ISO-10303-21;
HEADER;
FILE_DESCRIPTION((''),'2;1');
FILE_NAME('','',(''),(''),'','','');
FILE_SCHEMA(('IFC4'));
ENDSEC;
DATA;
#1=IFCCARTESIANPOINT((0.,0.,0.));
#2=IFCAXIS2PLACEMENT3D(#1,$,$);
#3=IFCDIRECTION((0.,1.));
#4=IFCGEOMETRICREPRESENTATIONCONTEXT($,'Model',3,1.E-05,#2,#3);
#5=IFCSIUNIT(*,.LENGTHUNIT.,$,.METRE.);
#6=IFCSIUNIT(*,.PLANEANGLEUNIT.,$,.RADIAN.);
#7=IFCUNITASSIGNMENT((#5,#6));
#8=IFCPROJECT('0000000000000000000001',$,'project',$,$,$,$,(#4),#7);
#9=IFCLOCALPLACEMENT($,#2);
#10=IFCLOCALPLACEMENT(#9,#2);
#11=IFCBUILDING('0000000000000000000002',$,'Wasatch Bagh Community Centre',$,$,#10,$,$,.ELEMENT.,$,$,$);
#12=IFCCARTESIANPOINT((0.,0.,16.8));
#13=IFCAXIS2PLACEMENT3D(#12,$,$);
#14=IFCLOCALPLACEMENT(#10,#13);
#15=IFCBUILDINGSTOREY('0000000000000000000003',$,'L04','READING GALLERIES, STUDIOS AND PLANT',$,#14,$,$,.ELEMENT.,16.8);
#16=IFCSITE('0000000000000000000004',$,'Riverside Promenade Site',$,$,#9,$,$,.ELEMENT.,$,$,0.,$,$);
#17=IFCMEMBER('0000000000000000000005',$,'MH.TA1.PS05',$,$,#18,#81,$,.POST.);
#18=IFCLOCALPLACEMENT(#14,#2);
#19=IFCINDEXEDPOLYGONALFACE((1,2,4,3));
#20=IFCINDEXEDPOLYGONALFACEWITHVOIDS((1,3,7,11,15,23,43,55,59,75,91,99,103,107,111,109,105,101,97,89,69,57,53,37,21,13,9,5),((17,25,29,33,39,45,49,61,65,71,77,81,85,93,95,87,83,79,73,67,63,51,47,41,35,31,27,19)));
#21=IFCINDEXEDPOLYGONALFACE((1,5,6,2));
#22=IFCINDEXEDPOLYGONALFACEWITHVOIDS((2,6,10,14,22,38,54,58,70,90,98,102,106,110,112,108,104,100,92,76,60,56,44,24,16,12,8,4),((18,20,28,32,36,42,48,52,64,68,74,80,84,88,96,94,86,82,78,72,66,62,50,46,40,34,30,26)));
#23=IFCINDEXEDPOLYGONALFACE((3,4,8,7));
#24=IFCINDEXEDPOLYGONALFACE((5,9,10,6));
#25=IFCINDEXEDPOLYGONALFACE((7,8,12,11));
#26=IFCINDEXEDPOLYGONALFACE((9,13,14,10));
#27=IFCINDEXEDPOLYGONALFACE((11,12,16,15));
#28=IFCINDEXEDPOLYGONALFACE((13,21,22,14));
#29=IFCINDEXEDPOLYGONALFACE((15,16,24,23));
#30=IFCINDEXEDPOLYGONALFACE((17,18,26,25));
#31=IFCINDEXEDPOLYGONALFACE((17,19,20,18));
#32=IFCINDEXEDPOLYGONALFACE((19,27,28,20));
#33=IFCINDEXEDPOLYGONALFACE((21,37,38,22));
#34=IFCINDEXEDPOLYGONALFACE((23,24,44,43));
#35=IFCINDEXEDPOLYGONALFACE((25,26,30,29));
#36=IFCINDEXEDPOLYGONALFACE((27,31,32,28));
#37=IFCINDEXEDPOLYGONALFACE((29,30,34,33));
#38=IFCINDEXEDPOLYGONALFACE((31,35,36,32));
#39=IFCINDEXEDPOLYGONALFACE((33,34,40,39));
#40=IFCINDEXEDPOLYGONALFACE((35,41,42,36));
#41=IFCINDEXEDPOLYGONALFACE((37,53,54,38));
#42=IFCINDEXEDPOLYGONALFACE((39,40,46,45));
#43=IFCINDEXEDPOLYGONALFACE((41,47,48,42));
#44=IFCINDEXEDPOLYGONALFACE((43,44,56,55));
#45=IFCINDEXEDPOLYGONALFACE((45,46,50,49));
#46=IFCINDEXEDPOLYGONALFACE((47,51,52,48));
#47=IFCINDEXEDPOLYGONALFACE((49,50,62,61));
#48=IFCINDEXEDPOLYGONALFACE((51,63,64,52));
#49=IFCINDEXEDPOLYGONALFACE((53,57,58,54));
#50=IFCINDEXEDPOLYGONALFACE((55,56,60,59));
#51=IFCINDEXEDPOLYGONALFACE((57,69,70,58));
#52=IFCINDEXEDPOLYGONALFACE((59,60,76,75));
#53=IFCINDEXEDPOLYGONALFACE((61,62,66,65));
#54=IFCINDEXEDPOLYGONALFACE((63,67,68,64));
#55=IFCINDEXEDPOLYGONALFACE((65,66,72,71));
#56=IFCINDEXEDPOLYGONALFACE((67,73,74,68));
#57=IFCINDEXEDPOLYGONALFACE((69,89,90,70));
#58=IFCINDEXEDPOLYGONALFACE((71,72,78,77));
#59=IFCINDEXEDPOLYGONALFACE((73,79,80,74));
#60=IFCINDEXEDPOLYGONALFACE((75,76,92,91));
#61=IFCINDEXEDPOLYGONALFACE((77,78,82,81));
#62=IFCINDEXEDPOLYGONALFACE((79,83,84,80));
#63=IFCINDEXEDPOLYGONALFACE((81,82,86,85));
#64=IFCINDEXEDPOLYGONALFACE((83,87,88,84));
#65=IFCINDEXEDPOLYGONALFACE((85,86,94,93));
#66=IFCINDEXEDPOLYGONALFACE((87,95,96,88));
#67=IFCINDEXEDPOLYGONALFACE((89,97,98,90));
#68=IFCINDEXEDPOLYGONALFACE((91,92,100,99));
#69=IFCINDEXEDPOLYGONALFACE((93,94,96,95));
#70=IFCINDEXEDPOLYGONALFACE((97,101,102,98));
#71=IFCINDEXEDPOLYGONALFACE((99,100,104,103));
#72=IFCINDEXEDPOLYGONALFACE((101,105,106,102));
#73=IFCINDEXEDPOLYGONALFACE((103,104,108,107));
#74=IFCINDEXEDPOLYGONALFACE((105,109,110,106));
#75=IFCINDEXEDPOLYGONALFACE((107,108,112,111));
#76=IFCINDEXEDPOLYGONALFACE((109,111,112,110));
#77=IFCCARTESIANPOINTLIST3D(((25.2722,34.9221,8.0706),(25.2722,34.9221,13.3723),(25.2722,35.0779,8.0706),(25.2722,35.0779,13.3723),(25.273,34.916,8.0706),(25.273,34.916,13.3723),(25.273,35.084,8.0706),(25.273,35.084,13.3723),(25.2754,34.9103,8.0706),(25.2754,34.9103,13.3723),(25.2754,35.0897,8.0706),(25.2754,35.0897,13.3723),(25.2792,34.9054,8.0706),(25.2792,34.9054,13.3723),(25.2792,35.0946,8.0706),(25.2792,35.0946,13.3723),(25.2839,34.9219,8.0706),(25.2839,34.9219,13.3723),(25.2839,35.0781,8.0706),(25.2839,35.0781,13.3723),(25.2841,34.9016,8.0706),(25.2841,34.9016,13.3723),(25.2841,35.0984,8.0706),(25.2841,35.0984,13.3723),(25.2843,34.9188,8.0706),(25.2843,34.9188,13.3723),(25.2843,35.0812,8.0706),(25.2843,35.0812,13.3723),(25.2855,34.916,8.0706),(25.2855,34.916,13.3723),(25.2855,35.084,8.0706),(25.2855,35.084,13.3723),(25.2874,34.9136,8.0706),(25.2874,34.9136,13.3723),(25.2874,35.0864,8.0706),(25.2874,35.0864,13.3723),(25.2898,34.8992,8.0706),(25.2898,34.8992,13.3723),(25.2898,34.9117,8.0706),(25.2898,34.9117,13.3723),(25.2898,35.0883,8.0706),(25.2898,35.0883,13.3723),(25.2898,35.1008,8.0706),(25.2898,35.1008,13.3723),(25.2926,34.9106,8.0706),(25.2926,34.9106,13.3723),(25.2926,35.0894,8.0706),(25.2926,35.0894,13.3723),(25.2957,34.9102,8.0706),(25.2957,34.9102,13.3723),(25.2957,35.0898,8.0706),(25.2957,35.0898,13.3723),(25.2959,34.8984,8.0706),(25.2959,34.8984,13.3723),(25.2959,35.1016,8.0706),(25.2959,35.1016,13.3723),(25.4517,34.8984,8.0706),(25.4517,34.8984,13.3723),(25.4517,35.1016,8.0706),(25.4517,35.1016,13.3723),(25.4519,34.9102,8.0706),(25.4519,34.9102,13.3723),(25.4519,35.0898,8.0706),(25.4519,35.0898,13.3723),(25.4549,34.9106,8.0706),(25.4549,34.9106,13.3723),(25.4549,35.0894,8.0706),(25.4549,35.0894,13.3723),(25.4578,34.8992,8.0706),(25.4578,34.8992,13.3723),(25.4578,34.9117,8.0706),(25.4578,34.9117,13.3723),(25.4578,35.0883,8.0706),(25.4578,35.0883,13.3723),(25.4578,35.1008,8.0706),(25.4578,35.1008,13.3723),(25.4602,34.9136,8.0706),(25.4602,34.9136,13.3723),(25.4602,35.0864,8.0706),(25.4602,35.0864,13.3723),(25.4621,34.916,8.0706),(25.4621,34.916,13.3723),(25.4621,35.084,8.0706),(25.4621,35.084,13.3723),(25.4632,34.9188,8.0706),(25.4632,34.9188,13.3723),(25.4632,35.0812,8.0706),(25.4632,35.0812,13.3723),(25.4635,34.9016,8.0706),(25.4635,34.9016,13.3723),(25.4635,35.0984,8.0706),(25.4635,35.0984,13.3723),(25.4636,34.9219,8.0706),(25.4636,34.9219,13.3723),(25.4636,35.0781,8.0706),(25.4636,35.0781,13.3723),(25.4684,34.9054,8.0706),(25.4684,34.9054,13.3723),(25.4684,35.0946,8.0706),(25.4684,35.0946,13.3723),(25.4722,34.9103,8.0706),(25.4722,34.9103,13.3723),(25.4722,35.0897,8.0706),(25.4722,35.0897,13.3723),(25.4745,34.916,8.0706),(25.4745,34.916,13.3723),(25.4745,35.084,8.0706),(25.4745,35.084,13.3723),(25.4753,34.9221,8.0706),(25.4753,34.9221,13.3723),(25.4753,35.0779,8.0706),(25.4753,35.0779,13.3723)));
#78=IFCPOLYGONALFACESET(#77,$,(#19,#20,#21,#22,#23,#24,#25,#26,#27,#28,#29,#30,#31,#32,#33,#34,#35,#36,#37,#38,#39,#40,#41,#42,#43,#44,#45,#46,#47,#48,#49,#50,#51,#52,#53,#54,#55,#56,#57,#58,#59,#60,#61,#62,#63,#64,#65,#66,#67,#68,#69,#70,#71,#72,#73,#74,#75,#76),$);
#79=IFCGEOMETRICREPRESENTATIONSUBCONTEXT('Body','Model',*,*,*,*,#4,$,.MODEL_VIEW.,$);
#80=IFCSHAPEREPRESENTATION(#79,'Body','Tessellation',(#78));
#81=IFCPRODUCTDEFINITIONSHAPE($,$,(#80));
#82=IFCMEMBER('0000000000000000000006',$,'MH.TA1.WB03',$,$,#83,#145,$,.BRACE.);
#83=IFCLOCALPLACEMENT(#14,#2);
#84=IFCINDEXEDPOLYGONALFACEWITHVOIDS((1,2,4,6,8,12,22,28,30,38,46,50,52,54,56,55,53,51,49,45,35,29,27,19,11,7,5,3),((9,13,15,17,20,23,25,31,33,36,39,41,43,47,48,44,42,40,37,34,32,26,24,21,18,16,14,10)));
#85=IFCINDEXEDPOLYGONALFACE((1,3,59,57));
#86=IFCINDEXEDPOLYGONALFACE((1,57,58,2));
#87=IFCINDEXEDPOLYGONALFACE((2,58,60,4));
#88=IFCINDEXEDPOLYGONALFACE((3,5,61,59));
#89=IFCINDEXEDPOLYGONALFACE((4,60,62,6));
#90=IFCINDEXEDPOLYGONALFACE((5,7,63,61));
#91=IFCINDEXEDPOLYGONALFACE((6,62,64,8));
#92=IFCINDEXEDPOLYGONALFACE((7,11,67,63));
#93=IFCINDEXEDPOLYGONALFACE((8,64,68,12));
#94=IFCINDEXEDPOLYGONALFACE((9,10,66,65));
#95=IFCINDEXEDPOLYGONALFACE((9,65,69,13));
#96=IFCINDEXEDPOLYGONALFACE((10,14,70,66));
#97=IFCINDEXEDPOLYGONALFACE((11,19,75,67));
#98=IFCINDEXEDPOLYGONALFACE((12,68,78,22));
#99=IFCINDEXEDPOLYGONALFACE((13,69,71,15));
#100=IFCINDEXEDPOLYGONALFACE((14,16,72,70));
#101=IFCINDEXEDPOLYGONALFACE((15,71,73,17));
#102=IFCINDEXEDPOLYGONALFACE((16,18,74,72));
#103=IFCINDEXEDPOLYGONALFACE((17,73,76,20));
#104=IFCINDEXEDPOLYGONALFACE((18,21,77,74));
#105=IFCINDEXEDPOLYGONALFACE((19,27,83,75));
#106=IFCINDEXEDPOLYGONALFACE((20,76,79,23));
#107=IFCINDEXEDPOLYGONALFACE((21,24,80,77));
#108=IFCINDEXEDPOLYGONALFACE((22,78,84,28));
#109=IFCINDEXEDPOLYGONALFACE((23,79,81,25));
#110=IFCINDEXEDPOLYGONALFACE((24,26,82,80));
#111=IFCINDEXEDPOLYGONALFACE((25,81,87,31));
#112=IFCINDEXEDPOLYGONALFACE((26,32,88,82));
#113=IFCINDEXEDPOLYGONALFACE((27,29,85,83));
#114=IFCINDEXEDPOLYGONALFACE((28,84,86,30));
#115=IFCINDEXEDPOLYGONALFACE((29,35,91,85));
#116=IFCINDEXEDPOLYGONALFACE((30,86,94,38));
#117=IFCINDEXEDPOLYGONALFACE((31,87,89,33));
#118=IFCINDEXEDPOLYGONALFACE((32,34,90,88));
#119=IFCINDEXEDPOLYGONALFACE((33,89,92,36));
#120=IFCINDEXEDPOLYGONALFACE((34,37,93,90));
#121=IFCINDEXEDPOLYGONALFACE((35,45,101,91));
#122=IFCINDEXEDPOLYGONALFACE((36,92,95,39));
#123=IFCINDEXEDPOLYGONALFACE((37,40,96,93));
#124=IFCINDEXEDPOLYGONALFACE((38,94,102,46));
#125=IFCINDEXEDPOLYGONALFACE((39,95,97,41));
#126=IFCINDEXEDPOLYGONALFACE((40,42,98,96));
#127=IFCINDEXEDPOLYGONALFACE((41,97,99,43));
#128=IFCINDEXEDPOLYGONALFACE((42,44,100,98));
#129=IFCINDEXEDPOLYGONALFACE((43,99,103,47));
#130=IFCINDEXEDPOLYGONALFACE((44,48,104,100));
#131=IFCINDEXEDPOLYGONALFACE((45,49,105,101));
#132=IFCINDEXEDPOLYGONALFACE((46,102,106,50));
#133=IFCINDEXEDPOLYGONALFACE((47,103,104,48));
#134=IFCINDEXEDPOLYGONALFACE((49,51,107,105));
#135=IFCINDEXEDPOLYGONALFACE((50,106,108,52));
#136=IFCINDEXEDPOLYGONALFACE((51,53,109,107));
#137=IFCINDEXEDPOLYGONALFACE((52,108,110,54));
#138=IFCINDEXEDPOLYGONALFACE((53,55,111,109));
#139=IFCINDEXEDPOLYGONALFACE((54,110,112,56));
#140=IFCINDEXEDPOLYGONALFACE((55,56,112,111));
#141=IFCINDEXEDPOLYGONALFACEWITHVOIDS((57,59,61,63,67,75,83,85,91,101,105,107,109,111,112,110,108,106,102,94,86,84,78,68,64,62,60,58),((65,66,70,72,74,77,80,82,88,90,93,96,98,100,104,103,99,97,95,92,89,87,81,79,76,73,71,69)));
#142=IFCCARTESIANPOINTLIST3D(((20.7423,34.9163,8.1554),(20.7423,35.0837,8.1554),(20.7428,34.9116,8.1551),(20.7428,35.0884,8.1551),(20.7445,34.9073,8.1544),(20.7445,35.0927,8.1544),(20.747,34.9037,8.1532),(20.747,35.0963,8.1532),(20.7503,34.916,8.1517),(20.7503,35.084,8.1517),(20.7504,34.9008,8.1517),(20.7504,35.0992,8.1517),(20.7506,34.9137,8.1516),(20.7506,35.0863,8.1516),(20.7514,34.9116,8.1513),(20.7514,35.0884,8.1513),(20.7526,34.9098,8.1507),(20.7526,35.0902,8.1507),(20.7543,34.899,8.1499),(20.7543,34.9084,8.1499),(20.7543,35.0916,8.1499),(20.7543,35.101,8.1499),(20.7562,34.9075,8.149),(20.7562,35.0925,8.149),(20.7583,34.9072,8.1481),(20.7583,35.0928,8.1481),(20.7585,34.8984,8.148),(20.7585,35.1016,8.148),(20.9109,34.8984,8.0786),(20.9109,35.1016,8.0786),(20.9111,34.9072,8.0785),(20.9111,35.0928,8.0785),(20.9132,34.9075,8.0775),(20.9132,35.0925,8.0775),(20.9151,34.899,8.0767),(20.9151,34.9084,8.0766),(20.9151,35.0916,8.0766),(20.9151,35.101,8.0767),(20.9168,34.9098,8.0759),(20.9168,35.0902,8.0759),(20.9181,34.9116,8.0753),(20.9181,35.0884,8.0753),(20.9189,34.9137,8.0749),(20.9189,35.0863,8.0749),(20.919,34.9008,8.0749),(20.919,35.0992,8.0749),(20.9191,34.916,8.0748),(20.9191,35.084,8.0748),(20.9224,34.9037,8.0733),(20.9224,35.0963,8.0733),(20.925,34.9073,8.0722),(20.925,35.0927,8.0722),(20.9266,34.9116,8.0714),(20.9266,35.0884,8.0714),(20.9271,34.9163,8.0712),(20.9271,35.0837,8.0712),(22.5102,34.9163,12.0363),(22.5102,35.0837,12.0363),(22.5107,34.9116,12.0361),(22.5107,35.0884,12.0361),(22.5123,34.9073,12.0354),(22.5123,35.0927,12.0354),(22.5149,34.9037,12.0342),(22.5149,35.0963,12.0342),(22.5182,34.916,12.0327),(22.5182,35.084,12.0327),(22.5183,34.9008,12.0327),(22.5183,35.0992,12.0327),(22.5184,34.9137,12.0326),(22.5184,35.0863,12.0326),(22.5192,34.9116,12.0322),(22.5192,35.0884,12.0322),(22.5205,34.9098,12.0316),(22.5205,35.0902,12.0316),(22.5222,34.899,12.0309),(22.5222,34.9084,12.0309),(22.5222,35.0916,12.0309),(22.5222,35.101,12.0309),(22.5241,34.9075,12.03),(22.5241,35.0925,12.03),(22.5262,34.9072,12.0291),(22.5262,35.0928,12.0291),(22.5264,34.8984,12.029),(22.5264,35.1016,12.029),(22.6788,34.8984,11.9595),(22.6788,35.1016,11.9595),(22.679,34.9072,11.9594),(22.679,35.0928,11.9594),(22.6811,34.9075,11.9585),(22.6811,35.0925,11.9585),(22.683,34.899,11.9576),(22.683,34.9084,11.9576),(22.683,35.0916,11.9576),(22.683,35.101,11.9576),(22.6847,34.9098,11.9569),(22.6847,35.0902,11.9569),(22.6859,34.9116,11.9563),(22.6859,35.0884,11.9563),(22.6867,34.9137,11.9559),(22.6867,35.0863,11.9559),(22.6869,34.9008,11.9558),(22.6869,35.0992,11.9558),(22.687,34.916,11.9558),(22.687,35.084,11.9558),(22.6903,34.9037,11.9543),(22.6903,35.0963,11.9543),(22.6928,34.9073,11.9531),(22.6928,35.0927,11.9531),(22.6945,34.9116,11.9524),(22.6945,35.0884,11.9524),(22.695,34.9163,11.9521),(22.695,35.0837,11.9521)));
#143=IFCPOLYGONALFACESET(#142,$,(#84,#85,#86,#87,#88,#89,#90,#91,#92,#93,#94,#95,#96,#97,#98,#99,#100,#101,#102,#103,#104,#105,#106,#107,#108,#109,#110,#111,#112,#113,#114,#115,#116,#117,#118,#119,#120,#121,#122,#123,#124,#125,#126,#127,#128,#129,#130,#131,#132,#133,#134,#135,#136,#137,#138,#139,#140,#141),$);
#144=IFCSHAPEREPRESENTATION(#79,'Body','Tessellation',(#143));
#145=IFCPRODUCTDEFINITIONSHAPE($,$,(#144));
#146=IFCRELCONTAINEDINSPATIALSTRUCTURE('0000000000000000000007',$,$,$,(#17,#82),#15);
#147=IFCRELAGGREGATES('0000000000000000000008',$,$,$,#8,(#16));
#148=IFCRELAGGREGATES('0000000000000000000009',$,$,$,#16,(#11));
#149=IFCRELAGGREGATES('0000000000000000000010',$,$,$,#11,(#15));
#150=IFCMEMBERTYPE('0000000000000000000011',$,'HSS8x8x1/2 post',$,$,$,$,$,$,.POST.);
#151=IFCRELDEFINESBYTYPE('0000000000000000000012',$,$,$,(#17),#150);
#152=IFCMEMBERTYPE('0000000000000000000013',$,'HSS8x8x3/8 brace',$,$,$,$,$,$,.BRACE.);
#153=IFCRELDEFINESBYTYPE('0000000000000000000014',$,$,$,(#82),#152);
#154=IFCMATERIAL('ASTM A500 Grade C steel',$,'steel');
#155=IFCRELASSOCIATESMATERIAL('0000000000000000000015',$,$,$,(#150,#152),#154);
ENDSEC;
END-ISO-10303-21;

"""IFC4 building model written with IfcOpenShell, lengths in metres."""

from ifc_helpers import new_model, si_unit, direction, frame, origin, origin_2d, place, context, subcontext, project, spatial, hollow_rectangle, extrude, material, material_profile, profile_set, type_object, element, save


model = new_model("IFC4")

# Units and contexts
model_context = context("Model", 3, precision=1e-05, world=origin(), true_north=direction((0.0, 1.0)))
body_context = subcontext(model_context, "Body", "Model", "MODEL_VIEW")
ifc_project = project(units=[si_unit("LENGTHUNIT", "METRE"), si_unit("PLANEANGLEUNIT", "RADIAN")], contexts=[model_context])

# Site, building, storey
site_placement = place(None, origin())
site = spatial("IfcSite", under=ifc_project, at=site_placement, Name="Riverside Promenade Site", CompositionType="ELEMENT", RefElevation=0.0)
building_placement = place(site_placement, origin())
building = spatial("IfcBuilding", under=site, at=building_placement, Name="Wasatch Bagh Community Centre", CompositionType="ELEMENT")
storey_placement = place(building_placement, frame((0.0, 0.0, 16.8)))
storey = spatial("IfcBuildingStorey", under=building, at=storey_placement, Name="L04", Description="READING GALLERIES, STUDIOS AND PLANT", CompositionType="ELEMENT", Elevation=16.8)

# Members
ifc_material_1 = material(Name="ASTM A500 Grade C steel", Category="steel")
ifc_material_profile_1 = material_profile(ifc_material_1, hollow_rectangle(XDim=0.2031, YDim=0.2031, WallThickness=0.0117, InnerFilletRadius=0.0117, OuterFilletRadius=0.0237, at=origin_2d()), Name="HSS8x8x1/2")
ifc_profile_set_1 = profile_set([ifc_material_profile_1], Name="ASTM A500 Grade C steel")
member_type_1 = type_object("IfcMemberType", Name="HSS8x8x1/2 post", PredefinedType="POST", material=ifc_profile_set_1)
member_1_placement = place(storey_placement, frame((25.3738, 35.0, 8.0706), z_axis=(0.0, 0.0, 1.0), x_axis=(1.0, 0.0, 0.0)))
element("IfcMember", 1, at=member_1_placement, inside=storey, type_object=member_type_1, Name="MH.TA1.PS05", PredefinedType="POST", context=body_context, shape_type="SweptSolid", body=[
    extrude(hollow_rectangle(XDim=0.2031, YDim=0.2031, WallThickness=0.0117, InnerFilletRadius=0.0117, OuterFilletRadius=0.0237, at=origin_2d()), origin(), (0.0, 0.0, 1.0), 5.3018),
])
ifc_material_profile_2 = material_profile(ifc_material_1, hollow_rectangle(XDim=0.2031, YDim=0.2031, WallThickness=0.0088, InnerFilletRadius=0.0088, OuterFilletRadius=0.0178, at=origin_2d()), Name="HSS8x8x3/8")
ifc_profile_set_2 = profile_set([ifc_material_profile_2], Name="ASTM A500 Grade C steel")
member_type_2 = type_object("IfcMemberType", Name="HSS8x8x3/8 brace", PredefinedType="BRACE", material=ifc_profile_set_2)
member_2_placement = place(storey_placement, frame((20.8347, 35.0, 8.1133), z_axis=(0.41454, 0.0, 0.910031), x_axis=(0.0, 1.0, 0.0)))
element("IfcMember", 2, at=member_2_placement, inside=storey, type_object=member_type_2, Name="MH.TA1.WB03", PredefinedType="BRACE", context=body_context, shape_type="SweptSolid", body=[
    extrude(hollow_rectangle(XDim=0.2031, YDim=0.2031, WallThickness=0.0088, InnerFilletRadius=0.0088, OuterFilletRadius=0.0178, at=origin_2d()), origin(), (0.0, 0.0, 1.0), 4.2646),
])

save(model, "model.ifc")
